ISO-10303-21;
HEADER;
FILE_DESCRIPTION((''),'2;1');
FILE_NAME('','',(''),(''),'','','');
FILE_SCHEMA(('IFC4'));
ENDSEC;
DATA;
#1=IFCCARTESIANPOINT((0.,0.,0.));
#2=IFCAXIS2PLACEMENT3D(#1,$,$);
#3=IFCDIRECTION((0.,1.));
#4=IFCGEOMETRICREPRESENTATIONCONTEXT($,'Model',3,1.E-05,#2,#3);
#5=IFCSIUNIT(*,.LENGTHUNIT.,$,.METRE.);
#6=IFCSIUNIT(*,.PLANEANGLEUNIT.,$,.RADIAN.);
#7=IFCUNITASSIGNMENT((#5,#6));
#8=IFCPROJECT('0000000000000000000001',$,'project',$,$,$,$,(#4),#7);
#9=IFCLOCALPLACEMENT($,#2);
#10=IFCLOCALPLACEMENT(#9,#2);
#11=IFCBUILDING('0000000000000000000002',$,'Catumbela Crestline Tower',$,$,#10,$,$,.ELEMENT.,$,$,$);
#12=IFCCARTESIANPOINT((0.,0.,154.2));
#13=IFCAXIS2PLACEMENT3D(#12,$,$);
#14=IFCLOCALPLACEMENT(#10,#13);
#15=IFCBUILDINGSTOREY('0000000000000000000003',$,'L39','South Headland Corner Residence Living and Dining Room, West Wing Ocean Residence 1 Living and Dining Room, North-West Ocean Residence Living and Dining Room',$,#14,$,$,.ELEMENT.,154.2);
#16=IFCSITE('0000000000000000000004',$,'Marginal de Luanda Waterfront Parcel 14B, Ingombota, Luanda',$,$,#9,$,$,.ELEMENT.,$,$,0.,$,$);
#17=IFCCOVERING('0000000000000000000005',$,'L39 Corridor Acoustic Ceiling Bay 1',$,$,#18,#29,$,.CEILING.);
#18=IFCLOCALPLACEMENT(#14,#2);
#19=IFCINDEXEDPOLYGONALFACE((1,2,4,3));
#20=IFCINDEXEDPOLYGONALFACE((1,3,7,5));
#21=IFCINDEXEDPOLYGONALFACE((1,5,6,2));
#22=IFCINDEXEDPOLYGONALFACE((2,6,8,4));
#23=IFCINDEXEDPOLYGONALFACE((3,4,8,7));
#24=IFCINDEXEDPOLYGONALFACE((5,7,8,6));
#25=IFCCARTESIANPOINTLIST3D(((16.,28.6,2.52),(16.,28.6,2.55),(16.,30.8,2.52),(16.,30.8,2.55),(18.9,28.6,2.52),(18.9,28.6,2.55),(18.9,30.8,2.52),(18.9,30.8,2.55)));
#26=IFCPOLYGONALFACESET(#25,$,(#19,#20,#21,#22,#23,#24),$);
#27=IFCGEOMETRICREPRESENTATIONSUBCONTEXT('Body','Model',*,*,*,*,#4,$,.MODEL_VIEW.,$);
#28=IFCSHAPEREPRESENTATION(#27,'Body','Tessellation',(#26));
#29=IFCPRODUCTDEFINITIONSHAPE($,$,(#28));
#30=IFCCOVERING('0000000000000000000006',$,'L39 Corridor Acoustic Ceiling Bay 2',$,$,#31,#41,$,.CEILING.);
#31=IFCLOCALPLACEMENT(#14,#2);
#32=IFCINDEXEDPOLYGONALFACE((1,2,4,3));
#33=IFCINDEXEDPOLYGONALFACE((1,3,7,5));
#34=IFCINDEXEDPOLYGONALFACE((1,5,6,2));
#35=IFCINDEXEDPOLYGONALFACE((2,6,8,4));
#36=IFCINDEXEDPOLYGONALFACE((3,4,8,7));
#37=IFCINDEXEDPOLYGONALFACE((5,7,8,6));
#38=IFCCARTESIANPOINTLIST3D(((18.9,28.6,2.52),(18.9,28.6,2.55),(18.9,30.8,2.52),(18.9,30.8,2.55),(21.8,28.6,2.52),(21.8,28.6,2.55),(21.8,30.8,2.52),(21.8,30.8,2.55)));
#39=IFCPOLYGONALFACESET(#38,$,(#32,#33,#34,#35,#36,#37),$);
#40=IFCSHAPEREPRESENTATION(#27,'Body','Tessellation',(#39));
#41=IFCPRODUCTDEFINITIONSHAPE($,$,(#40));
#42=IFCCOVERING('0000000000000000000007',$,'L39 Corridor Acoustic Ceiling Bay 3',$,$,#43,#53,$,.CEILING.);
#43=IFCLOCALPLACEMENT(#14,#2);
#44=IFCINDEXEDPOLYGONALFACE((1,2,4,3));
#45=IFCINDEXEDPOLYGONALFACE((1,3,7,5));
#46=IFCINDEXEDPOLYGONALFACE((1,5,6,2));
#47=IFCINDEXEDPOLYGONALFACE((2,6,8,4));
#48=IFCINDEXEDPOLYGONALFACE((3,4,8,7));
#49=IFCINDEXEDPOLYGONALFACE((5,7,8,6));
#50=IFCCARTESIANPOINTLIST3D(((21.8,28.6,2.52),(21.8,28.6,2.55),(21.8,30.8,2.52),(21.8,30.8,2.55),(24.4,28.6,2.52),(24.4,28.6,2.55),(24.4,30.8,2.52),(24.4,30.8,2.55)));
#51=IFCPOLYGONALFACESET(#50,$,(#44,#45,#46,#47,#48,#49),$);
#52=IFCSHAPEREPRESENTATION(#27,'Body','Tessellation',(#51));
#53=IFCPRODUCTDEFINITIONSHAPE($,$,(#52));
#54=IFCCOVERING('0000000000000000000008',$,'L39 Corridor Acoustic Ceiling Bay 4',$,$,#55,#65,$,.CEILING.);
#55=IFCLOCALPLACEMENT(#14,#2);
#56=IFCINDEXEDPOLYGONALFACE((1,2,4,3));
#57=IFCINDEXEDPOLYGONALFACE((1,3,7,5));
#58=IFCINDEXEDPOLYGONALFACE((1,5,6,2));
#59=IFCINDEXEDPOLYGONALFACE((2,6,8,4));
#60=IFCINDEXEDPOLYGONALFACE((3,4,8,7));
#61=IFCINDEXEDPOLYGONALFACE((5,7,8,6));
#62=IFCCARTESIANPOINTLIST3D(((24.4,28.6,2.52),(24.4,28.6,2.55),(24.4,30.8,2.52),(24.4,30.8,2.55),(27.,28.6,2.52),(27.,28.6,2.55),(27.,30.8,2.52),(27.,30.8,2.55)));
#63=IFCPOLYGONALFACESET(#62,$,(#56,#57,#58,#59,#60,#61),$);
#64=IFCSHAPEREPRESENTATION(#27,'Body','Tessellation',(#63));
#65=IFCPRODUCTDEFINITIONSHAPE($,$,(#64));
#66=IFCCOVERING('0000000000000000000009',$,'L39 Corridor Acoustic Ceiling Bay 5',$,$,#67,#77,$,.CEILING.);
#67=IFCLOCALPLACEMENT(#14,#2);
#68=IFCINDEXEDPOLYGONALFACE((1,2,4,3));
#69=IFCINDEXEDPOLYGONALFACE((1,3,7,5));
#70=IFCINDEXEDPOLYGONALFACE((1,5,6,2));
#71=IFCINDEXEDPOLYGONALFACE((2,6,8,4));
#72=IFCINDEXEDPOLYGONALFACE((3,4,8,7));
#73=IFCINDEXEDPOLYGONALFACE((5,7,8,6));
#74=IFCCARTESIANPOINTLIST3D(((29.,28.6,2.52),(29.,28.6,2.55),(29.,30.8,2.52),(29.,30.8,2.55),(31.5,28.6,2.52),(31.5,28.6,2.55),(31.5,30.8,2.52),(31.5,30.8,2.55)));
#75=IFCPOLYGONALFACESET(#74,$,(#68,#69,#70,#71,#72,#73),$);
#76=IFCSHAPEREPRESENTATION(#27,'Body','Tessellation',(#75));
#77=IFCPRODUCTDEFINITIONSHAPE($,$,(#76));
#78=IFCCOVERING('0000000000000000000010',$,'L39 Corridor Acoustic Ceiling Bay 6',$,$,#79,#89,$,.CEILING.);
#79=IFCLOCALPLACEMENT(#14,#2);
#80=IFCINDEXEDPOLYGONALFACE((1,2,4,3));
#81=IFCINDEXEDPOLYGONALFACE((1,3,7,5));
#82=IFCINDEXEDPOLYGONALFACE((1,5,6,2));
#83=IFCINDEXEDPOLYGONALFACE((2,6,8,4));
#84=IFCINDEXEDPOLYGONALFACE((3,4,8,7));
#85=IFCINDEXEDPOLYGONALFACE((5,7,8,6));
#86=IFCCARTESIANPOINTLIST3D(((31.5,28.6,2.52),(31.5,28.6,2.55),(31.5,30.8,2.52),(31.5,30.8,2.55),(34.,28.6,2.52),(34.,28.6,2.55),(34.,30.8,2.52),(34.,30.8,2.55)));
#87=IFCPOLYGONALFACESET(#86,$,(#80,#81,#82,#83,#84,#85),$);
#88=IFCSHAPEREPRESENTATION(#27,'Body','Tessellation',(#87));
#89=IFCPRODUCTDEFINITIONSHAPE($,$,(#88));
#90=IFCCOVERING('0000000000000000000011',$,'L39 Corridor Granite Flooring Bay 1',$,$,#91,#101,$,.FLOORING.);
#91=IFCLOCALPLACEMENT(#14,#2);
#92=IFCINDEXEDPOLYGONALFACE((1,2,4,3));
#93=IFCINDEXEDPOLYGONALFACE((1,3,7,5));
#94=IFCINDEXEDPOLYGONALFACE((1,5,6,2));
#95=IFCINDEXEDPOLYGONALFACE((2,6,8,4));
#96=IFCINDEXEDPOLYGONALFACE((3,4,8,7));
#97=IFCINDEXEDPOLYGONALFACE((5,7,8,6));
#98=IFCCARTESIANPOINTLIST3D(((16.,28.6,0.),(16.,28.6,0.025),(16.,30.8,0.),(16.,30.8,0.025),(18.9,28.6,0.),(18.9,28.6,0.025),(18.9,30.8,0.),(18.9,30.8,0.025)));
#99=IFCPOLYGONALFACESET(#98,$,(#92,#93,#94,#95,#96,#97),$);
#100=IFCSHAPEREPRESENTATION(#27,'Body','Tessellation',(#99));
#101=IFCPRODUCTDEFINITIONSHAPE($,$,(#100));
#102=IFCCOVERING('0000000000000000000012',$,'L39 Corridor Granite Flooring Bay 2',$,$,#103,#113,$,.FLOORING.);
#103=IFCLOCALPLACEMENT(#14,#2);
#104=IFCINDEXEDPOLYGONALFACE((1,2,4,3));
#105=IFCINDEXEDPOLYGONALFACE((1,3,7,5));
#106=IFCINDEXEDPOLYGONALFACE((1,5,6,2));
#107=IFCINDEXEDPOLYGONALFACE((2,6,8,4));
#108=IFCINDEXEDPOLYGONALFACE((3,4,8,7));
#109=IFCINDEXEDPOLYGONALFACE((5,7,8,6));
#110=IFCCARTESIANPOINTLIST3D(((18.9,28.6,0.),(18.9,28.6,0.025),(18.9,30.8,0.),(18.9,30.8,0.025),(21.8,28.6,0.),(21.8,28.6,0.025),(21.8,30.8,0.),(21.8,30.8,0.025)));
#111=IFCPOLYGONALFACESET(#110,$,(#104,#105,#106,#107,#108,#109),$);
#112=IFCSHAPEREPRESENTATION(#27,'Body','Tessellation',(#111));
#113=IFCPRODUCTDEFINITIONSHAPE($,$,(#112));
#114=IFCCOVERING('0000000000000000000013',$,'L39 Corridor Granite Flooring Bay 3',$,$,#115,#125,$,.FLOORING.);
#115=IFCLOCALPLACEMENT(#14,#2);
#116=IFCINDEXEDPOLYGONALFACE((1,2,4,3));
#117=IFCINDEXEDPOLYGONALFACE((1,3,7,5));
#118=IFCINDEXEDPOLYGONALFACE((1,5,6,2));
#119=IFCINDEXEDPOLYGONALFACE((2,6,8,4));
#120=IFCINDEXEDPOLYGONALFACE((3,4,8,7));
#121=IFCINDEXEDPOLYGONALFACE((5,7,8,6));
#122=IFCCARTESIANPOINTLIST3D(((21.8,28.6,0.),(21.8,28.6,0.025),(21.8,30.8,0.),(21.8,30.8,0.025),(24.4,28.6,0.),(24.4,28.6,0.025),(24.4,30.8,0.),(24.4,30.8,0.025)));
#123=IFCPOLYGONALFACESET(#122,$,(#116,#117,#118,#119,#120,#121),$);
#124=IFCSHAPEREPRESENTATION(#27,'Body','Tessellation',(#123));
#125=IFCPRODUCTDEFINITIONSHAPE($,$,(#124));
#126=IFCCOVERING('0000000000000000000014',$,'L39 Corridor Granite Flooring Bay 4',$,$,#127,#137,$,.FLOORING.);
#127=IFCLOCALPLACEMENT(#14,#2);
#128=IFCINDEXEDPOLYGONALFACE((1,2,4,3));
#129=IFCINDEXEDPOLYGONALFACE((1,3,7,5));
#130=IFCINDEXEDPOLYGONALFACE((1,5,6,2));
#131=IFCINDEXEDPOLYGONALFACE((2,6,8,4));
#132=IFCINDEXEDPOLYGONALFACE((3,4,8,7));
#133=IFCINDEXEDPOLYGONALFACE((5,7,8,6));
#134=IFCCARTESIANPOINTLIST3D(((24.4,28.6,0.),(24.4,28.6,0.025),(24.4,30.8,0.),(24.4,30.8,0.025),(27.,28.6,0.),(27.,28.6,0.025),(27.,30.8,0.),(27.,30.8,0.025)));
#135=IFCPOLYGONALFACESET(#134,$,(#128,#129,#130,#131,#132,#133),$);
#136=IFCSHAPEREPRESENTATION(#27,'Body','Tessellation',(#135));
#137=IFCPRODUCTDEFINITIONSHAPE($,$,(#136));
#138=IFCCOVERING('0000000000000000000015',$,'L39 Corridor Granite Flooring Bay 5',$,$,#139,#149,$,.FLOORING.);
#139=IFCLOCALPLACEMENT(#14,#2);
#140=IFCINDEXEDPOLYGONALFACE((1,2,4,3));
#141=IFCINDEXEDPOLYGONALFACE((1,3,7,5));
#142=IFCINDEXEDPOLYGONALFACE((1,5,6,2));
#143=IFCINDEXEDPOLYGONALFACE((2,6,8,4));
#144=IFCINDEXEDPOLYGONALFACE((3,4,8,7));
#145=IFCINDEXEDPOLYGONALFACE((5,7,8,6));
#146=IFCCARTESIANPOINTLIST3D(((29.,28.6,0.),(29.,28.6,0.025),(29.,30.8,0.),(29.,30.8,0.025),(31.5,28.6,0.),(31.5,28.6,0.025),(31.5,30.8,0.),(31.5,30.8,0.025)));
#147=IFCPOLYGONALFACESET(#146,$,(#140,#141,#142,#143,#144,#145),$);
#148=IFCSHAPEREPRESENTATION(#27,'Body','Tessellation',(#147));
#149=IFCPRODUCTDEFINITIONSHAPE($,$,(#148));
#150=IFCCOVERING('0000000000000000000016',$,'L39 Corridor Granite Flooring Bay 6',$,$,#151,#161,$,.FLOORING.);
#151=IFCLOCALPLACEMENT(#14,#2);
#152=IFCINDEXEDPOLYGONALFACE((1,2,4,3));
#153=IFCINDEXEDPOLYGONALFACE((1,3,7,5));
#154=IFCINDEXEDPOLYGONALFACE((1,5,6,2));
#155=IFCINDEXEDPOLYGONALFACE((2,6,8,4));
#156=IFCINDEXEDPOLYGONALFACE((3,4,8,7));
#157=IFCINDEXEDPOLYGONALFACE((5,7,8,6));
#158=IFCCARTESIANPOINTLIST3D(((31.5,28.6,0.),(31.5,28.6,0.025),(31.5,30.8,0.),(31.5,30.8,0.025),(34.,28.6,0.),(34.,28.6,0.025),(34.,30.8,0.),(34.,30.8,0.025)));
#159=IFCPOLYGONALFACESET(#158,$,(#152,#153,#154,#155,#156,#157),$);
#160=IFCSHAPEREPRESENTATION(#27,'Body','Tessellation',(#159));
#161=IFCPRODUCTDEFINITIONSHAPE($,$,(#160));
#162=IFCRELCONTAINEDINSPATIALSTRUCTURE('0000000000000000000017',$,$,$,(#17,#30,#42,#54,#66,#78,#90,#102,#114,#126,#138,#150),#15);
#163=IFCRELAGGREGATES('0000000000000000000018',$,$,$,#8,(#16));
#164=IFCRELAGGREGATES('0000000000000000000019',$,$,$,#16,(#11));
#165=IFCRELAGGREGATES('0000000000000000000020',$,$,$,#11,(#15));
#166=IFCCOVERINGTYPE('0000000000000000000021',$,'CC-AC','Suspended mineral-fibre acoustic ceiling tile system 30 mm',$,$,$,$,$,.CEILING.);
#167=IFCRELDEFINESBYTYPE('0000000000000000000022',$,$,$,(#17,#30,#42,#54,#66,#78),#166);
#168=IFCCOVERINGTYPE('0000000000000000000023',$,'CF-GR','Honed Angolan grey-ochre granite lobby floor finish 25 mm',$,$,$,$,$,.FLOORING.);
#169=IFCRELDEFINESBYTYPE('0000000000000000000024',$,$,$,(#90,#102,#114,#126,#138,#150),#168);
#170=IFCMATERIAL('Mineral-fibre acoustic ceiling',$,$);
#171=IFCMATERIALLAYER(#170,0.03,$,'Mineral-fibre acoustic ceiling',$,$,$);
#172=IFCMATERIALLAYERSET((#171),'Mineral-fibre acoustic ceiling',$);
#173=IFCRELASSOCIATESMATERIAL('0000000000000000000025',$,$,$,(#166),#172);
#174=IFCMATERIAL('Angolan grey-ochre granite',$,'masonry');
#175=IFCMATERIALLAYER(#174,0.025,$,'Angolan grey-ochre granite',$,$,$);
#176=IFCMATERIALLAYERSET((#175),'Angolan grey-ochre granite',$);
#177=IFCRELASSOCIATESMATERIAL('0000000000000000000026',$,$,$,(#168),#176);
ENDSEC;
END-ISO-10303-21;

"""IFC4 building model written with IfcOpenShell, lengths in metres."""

from ifc_helpers import new_model, si_unit, direction, frame, origin, place, context, subcontext, project, spatial, polyline, outline, extrude, material, layer, layer_set, type_object, element, save


model = new_model("IFC4")

# Units and contexts
model_context = context("Model", 3, precision=1e-05, world=origin(), true_north=direction((0.0, 1.0)))
body_context = subcontext(model_context, "Body", "Model", "MODEL_VIEW")
ifc_project = project(units=[si_unit("LENGTHUNIT", "METRE"), si_unit("PLANEANGLEUNIT", "RADIAN")], contexts=[model_context])

# Site, building, storey
site_placement = place(None, origin())
site = spatial("IfcSite", under=ifc_project, at=site_placement, Name="Marginal de Luanda Waterfront Parcel 14B, Ingombota, Luanda", CompositionType="ELEMENT", RefElevation=0.0)
building_placement = place(site_placement, origin())
building = spatial("IfcBuilding", under=site, at=building_placement, Name="Catumbela Crestline Tower", CompositionType="ELEMENT")
storey_placement = place(building_placement, frame((0.0, 0.0, 154.2)))
storey = spatial("IfcBuildingStorey", under=building, at=storey_placement, Name="L39", Description="South Headland Corner Residence Living and Dining Room, West Wing Ocean Residence 1 Living and Dining Room, North-West Ocean Residence Living and Dining Room", CompositionType="ELEMENT", Elevation=154.2)

# Coverings
ifc_material_1 = material(Name="Mineral-fibre acoustic ceiling")
ifc_layer_1 = layer(ifc_material_1, 0.03, Name="Mineral-fibre acoustic ceiling")
ifc_layer_set_1 = layer_set([ifc_layer_1], Name="Mineral-fibre acoustic ceiling")
covering_type_1 = type_object("IfcCoveringType", Name="CC-AC", Description="Suspended mineral-fibre acoustic ceiling tile system 30 mm", PredefinedType="CEILING", material=ifc_layer_set_1)
covering_1_placement = place(storey_placement, frame((0.0, 0.0, 2.52)))
element("IfcCovering", 1, at=covering_1_placement, inside=storey, type_object=covering_type_1, Name="L39 Corridor Acoustic Ceiling Bay 1", PredefinedType="CEILING", context=body_context, shape_type="SweptSolid", body=[
    extrude(outline(polyline([(16.0, 28.6), (18.9, 28.6), (18.9, 30.8), (16.0, 30.8), (16.0, 28.6)])), origin(), (0.0, 0.0, 1.0), 0.03),
])
covering_2_placement = place(storey_placement, frame((0.0, 0.0, 2.52)))
element("IfcCovering", 2, at=covering_2_placement, inside=storey, type_object=covering_type_1, Name="L39 Corridor Acoustic Ceiling Bay 2", PredefinedType="CEILING", context=body_context, shape_type="SweptSolid", body=[
    extrude(outline(polyline([(18.9, 28.6), (21.8, 28.6), (21.8, 30.8), (18.9, 30.8), (18.9, 28.6)])), origin(), (0.0, 0.0, 1.0), 0.03),
])
covering_3_placement = place(storey_placement, frame((0.0, 0.0, 2.52)))
element("IfcCovering", 3, at=covering_3_placement, inside=storey, type_object=covering_type_1, Name="L39 Corridor Acoustic Ceiling Bay 3", PredefinedType="CEILING", context=body_context, shape_type="SweptSolid", body=[
    extrude(outline(polyline([(21.8, 28.6), (24.4, 28.6), (24.4, 30.8), (21.8, 30.8), (21.8, 28.6)])), origin(), (0.0, 0.0, 1.0), 0.03),
])
covering_4_placement = place(storey_placement, frame((0.0, 0.0, 2.52)))
element("IfcCovering", 4, at=covering_4_placement, inside=storey, type_object=covering_type_1, Name="L39 Corridor Acoustic Ceiling Bay 4", PredefinedType="CEILING", context=body_context, shape_type="SweptSolid", body=[
    extrude(outline(polyline([(24.4, 28.6), (27.0, 28.6), (27.0, 30.8), (24.4, 30.8), (24.4, 28.6)])), origin(), (0.0, 0.0, 1.0), 0.03),
])
covering_5_placement = place(storey_placement, frame((0.0, 0.0, 2.52)))
element("IfcCovering", 5, at=covering_5_placement, inside=storey, type_object=covering_type_1, Name="L39 Corridor Acoustic Ceiling Bay 5", PredefinedType="CEILING", context=body_context, shape_type="SweptSolid", body=[
    extrude(outline(polyline([(29.0, 28.6), (31.5, 28.6), (31.5, 30.8), (29.0, 30.8), (29.0, 28.6)])), origin(), (0.0, 0.0, 1.0), 0.03),
])
covering_6_placement = place(storey_placement, frame((0.0, 0.0, 2.52)))
element("IfcCovering", 6, at=covering_6_placement, inside=storey, type_object=covering_type_1, Name="L39 Corridor Acoustic Ceiling Bay 6", PredefinedType="CEILING", context=body_context, shape_type="SweptSolid", body=[
    extrude(outline(polyline([(31.5, 28.6), (34.0, 28.6), (34.0, 30.8), (31.5, 30.8), (31.5, 28.6)])), origin(), (0.0, 0.0, 1.0), 0.03),
])
ifc_material_2 = material(Name="Angolan grey-ochre granite", Category="masonry")
ifc_layer_2 = layer(ifc_material_2, 0.025, Name="Angolan grey-ochre granite")
ifc_layer_set_2 = layer_set([ifc_layer_2], Name="Angolan grey-ochre granite")
covering_type_2 = type_object("IfcCoveringType", Name="CF-GR", Description="Honed Angolan grey-ochre granite lobby floor finish 25 mm", PredefinedType="FLOORING", material=ifc_layer_set_2)
covering_7_placement = place(storey_placement, origin())
element("IfcCovering", 7, at=covering_7_placement, inside=storey, type_object=covering_type_2, Name="L39 Corridor Granite Flooring Bay 1", PredefinedType="FLOORING", context=body_context, shape_type="SweptSolid", body=[
    extrude(outline(polyline([(16.0, 28.6), (18.9, 28.6), (18.9, 30.8), (16.0, 30.8), (16.0, 28.6)])), origin(), (0.0, 0.0, 1.0), 0.025),
])
covering_8_placement = place(storey_placement, origin())
element("IfcCovering", 8, at=covering_8_placement, inside=storey, type_object=covering_type_2, Name="L39 Corridor Granite Flooring Bay 2", PredefinedType="FLOORING", context=body_context, shape_type="SweptSolid", body=[
    extrude(outline(polyline([(18.9, 28.6), (21.8, 28.6), (21.8, 30.8), (18.9, 30.8), (18.9, 28.6)])), origin(), (0.0, 0.0, 1.0), 0.025),
])
covering_9_placement = place(storey_placement, origin())
element("IfcCovering", 9, at=covering_9_placement, inside=storey, type_object=covering_type_2, Name="L39 Corridor Granite Flooring Bay 3", PredefinedType="FLOORING", context=body_context, shape_type="SweptSolid", body=[
    extrude(outline(polyline([(21.8, 28.6), (24.4, 28.6), (24.4, 30.8), (21.8, 30.8), (21.8, 28.6)])), origin(), (0.0, 0.0, 1.0), 0.025),
])
covering_10_placement = place(storey_placement, origin())
element("IfcCovering", 10, at=covering_10_placement, inside=storey, type_object=covering_type_2, Name="L39 Corridor Granite Flooring Bay 4", PredefinedType="FLOORING", context=body_context, shape_type="SweptSolid", body=[
    extrude(outline(polyline([(24.4, 28.6), (27.0, 28.6), (27.0, 30.8), (24.4, 30.8), (24.4, 28.6)])), origin(), (0.0, 0.0, 1.0), 0.025),
])
covering_11_placement = place(storey_placement, origin())
element("IfcCovering", 11, at=covering_11_placement, inside=storey, type_object=covering_type_2, Name="L39 Corridor Granite Flooring Bay 5", PredefinedType="FLOORING", context=body_context, shape_type="SweptSolid", body=[
    extrude(outline(polyline([(29.0, 28.6), (31.5, 28.6), (31.5, 30.8), (29.0, 30.8), (29.0, 28.6)])), origin(), (0.0, 0.0, 1.0), 0.025),
])
covering_12_placement = place(storey_placement, origin())
element("IfcCovering", 12, at=covering_12_placement, inside=storey, type_object=covering_type_2, Name="L39 Corridor Granite Flooring Bay 6", PredefinedType="FLOORING", context=body_context, shape_type="SweptSolid", body=[
    extrude(outline(polyline([(31.5, 28.6), (34.0, 28.6), (34.0, 30.8), (31.5, 30.8), (31.5, 28.6)])), origin(), (0.0, 0.0, 1.0), 0.025),
])

save(model, "model.ifc")
